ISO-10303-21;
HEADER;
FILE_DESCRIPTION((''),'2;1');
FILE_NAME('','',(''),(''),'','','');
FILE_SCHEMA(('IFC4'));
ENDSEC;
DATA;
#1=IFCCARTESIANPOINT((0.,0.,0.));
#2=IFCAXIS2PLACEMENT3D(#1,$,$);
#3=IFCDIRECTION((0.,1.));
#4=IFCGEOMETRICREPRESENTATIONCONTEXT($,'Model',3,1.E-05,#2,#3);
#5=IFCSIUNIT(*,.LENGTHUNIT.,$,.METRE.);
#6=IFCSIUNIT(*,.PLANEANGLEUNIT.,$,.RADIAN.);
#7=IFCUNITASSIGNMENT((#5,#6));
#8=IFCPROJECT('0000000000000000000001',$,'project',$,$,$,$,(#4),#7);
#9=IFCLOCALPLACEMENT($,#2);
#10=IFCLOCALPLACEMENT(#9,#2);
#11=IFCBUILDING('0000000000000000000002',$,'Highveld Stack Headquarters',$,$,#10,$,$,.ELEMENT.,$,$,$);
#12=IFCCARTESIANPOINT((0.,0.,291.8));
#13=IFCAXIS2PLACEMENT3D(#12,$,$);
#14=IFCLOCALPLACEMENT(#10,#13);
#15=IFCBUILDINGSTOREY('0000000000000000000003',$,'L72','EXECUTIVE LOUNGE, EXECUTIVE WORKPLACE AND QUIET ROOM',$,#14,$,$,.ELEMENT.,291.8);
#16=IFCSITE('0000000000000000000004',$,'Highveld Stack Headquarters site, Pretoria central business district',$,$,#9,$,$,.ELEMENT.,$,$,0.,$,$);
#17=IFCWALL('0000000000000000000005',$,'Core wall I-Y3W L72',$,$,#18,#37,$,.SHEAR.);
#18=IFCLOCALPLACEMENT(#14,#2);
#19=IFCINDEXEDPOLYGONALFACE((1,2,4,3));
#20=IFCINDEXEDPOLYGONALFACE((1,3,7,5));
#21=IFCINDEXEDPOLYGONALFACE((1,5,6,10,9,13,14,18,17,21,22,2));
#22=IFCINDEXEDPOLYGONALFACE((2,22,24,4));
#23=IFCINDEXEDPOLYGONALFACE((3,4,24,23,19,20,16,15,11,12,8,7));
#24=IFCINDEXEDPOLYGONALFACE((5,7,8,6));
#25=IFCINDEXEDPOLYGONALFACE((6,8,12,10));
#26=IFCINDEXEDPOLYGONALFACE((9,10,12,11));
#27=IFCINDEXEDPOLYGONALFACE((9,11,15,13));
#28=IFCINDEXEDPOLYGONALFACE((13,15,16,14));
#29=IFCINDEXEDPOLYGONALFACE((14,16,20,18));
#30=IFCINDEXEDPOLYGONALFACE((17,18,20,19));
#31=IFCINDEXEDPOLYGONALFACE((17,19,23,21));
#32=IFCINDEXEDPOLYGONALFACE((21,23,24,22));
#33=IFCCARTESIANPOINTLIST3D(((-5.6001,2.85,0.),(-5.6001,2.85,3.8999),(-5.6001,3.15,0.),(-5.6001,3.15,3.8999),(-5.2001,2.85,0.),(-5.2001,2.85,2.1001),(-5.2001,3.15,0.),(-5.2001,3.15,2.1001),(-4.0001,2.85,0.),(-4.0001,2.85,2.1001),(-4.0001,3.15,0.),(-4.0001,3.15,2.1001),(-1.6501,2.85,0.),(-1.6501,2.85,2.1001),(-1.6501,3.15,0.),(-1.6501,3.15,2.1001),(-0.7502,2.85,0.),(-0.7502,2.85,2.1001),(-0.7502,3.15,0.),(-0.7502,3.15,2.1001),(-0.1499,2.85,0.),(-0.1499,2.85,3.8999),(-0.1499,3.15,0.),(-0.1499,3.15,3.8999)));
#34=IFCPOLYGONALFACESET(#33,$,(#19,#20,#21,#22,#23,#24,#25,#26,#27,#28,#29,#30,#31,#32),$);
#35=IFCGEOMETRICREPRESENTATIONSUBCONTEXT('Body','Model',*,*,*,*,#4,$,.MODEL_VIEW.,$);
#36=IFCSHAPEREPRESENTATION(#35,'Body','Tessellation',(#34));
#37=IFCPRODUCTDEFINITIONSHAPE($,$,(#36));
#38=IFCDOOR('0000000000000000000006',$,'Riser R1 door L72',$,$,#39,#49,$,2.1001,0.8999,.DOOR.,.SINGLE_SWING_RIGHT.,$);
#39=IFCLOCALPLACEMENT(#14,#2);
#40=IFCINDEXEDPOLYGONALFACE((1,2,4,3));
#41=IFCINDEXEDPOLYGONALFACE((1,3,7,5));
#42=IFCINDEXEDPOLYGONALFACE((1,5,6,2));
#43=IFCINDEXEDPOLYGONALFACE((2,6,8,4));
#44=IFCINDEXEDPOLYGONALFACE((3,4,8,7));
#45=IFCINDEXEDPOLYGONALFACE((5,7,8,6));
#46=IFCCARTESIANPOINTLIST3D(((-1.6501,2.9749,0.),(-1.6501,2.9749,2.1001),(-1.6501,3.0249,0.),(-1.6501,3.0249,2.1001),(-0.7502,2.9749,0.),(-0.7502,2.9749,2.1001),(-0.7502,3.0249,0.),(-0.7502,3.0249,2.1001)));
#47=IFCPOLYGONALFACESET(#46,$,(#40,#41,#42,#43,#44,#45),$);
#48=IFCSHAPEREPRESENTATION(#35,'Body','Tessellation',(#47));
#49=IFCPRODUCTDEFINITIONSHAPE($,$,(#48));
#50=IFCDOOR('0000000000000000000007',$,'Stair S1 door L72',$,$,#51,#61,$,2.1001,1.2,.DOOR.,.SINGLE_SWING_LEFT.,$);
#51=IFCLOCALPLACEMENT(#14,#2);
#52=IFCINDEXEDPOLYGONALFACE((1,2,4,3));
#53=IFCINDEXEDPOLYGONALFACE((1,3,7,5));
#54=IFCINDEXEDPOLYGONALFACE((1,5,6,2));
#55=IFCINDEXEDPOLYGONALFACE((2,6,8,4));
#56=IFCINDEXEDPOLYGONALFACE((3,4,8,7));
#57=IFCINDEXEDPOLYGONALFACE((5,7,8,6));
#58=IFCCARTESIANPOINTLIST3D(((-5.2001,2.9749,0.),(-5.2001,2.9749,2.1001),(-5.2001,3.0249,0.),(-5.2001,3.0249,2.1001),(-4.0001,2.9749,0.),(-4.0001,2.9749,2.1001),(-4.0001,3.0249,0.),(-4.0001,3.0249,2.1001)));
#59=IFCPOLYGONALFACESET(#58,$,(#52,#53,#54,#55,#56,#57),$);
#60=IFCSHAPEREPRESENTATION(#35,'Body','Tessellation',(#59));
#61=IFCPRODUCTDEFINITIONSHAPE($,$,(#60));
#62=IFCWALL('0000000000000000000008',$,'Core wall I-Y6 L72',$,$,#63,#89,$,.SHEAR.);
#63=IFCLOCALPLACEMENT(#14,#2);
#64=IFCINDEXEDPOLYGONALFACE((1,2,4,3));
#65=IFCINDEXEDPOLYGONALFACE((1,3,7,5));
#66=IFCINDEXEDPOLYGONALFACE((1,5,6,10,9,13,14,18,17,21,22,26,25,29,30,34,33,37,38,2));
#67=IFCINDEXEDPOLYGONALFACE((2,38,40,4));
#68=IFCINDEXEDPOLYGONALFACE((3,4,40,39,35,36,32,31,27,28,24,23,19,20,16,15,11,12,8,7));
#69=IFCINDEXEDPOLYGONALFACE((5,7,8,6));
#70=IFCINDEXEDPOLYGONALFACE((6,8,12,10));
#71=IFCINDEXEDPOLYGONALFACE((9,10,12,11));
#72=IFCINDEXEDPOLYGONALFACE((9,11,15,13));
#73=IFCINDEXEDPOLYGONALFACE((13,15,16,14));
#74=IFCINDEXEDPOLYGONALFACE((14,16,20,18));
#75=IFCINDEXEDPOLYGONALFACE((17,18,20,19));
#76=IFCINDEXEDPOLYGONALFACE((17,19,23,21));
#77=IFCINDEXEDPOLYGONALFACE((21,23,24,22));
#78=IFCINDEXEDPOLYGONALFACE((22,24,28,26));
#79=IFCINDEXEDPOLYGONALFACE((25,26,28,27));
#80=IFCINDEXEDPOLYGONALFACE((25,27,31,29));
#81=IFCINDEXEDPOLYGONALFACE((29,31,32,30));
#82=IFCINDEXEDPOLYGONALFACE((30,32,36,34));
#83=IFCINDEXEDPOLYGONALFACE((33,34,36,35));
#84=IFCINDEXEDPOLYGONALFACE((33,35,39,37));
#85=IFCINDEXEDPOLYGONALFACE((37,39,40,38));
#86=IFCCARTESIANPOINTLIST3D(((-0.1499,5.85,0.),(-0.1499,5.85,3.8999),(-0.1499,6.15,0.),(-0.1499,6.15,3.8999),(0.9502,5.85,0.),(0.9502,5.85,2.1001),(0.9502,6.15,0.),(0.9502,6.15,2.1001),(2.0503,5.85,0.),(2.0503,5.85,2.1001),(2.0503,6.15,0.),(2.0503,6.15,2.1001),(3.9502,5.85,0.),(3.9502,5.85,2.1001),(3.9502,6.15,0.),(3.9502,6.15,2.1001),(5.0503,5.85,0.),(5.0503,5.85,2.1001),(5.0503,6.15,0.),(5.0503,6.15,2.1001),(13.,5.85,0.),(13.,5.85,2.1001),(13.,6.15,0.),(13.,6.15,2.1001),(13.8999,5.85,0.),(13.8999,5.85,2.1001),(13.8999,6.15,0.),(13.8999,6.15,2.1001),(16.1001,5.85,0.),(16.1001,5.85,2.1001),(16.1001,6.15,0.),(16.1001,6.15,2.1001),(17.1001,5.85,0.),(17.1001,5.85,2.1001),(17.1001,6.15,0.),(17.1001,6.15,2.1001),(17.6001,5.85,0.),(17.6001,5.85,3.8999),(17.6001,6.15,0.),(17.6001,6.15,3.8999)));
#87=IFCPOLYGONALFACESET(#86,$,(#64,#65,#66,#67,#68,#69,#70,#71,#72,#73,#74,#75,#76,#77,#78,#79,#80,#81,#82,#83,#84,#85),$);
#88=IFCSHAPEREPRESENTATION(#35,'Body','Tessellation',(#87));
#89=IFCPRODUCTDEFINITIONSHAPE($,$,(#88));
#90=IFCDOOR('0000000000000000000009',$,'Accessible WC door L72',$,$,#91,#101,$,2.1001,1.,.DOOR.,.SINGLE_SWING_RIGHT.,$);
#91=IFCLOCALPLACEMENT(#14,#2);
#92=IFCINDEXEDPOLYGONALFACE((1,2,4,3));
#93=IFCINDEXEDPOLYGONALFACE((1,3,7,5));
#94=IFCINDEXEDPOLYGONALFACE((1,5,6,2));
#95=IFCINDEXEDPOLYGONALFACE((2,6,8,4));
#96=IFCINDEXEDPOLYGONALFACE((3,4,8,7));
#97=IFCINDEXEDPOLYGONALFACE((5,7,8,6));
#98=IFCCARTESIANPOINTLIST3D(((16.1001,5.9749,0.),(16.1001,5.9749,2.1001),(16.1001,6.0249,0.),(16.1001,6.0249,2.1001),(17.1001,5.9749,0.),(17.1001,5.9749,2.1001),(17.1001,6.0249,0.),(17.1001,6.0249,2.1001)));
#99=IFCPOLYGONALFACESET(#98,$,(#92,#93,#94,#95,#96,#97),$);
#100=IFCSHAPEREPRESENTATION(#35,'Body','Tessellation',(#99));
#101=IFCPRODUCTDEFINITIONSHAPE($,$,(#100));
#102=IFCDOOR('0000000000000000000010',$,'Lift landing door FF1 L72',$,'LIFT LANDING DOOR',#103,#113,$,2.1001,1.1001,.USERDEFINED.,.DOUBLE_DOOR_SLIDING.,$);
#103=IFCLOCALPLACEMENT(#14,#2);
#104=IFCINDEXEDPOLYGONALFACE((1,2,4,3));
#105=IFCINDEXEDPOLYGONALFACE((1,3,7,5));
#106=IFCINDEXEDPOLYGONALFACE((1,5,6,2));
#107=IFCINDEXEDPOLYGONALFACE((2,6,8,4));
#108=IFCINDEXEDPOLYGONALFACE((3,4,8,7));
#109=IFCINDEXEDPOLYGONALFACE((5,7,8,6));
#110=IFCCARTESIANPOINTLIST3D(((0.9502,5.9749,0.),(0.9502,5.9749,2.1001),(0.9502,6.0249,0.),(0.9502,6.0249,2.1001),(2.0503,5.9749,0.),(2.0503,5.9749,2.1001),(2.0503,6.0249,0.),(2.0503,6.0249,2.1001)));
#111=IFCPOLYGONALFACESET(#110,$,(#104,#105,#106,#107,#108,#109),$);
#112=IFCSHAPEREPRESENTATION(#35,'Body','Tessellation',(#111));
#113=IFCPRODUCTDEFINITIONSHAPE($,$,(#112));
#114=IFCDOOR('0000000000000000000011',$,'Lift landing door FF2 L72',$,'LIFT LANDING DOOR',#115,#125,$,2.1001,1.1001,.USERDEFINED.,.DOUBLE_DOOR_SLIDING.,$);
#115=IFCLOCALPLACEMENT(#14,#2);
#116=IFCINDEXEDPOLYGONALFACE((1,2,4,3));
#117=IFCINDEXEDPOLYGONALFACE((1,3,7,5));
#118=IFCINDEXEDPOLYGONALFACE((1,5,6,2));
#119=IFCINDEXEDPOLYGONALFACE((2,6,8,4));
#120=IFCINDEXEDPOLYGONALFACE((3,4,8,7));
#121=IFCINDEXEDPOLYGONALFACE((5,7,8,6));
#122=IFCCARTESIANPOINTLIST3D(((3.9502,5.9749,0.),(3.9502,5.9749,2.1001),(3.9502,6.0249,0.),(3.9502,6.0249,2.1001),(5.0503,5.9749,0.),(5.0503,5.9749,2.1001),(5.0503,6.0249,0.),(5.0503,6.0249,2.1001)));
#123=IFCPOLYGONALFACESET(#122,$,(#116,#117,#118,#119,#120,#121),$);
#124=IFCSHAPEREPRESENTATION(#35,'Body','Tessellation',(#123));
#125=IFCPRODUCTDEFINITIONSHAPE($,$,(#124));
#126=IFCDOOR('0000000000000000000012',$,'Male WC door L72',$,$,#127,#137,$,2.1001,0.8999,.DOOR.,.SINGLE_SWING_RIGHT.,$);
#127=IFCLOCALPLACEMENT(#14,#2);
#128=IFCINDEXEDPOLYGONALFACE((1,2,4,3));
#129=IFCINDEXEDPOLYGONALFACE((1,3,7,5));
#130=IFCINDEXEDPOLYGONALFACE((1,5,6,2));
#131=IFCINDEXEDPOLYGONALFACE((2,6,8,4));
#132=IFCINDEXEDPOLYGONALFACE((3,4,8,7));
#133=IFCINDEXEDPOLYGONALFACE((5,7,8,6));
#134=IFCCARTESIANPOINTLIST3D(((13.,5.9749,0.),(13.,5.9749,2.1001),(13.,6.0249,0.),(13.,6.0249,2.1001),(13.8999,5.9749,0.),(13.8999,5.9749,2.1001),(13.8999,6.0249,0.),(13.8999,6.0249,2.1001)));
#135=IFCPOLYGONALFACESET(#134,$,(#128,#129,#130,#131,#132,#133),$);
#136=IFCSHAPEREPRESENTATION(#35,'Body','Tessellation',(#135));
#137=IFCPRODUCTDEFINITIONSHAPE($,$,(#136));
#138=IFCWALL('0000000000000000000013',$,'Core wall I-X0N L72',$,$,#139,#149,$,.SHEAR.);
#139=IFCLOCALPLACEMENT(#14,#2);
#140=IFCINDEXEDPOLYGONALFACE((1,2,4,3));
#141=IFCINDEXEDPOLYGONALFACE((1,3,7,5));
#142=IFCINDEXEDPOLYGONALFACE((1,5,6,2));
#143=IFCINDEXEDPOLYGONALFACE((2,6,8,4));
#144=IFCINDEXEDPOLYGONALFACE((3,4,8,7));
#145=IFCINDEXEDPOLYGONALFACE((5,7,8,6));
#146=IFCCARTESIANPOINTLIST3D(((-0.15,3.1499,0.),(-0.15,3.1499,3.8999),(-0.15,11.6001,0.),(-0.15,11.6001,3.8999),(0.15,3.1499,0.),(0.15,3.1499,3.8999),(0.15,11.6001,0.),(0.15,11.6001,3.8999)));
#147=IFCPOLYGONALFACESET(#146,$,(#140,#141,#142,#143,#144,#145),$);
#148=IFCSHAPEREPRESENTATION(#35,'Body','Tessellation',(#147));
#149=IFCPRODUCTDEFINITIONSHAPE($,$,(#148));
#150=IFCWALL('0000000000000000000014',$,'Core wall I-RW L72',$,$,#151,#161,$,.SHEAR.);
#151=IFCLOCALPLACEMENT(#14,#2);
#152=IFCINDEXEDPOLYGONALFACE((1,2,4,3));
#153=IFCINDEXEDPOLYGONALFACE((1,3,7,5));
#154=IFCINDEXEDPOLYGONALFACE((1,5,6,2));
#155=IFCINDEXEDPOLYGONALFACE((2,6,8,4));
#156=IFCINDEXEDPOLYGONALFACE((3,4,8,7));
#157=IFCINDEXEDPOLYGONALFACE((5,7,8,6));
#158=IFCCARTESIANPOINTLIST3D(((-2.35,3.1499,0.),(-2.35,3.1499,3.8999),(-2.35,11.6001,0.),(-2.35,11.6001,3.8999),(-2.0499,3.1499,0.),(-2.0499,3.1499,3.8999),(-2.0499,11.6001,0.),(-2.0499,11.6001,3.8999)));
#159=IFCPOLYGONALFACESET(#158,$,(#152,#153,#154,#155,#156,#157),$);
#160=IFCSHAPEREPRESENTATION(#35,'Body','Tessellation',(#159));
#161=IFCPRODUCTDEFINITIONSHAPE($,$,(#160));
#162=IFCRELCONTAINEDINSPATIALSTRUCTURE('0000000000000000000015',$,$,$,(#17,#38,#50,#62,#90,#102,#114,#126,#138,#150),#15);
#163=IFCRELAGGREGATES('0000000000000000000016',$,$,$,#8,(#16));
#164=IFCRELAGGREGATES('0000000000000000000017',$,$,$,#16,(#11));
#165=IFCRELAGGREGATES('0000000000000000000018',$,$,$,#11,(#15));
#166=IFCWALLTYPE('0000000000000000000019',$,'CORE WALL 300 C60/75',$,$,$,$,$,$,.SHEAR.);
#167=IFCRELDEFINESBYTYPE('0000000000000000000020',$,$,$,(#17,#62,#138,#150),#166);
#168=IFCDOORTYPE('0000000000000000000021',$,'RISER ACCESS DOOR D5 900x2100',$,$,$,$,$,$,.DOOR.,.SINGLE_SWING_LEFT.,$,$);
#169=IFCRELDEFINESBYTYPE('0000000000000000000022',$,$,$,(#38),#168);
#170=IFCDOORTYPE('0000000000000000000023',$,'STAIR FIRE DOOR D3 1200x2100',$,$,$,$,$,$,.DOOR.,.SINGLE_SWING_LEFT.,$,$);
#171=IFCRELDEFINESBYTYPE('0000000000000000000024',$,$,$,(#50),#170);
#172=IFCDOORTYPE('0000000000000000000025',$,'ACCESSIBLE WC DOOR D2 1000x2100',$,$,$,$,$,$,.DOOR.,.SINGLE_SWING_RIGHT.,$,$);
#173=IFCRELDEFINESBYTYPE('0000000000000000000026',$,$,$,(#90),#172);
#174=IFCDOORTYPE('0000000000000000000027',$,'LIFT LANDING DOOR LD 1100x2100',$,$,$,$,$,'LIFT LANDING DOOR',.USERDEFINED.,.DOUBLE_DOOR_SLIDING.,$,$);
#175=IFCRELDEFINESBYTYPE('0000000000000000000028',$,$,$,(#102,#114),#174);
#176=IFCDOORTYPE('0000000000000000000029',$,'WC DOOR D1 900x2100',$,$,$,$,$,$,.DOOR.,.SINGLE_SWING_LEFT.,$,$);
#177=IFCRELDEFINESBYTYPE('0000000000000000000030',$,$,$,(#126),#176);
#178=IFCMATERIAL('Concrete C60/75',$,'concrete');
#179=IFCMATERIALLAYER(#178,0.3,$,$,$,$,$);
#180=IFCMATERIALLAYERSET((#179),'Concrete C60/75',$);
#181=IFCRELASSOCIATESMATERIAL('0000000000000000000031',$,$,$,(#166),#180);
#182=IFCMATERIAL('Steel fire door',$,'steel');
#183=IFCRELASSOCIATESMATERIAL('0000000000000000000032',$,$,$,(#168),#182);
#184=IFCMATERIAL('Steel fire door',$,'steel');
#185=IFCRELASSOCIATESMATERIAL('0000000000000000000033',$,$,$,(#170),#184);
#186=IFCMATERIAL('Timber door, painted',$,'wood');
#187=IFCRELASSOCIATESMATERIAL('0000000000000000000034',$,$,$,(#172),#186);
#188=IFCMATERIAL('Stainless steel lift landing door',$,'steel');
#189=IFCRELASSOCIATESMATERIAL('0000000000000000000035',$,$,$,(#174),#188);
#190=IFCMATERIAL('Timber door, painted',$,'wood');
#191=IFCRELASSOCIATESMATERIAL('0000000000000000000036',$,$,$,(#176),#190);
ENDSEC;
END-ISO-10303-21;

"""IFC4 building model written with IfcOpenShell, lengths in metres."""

from ifc_helpers import new_model, si_unit, direction, frame, frame_2d, origin, place, context, subcontext, project, spatial, rectangle, extrude, material, layer, layer_set, type_object, element, fill, save


model = new_model("IFC4")

# Units and contexts
model_context = context("Model", 3, precision=1e-05, world=origin(), true_north=direction((0.0, 1.0)))
body_context = subcontext(model_context, "Body", "Model", "MODEL_VIEW")
ifc_project = project(units=[si_unit("LENGTHUNIT", "METRE"), si_unit("PLANEANGLEUNIT", "RADIAN")], contexts=[model_context])

# Site, building, storey
site_placement = place(None, origin())
site = spatial("IfcSite", under=ifc_project, at=site_placement, Name="Highveld Stack Headquarters site, Pretoria central business district", CompositionType="ELEMENT", RefElevation=0.0)
building_placement = place(site_placement, origin())
building = spatial("IfcBuilding", under=site, at=building_placement, Name="Highveld Stack Headquarters", CompositionType="ELEMENT")
storey_placement = place(building_placement, frame((0.0, 0.0, 291.8)))
storey = spatial("IfcBuildingStorey", under=building, at=storey_placement, Name="L72", Description="EXECUTIVE LOUNGE, EXECUTIVE WORKPLACE AND QUIET ROOM", CompositionType="ELEMENT", Elevation=291.8)

# Walls, openings, doors
ifc_material_1 = material(Name="Concrete C60/75", Category="concrete")
ifc_layer_1 = layer(ifc_material_1, 0.3)
ifc_layer_set_1 = layer_set([ifc_layer_1], Name="Concrete C60/75")
wall_type_1 = type_object("IfcWallType", Name="CORE WALL 300 C60/75", PredefinedType="SHEAR", material=ifc_layer_set_1)
wall_1_placement = place(storey_placement, frame((-5.6001, 3.0, 0.0), z_axis=(0.0, 0.0, 1.0), x_axis=(1.0, 0.0, 0.0)))
wall_1 = element("IfcWall", 1, at=wall_1_placement, inside=storey, type_object=wall_type_1, Name="Core wall I-Y3W L72", PredefinedType="SHEAR", context=body_context, shape_type="SweptSolid", body=[
    extrude(rectangle(XDim=5.4502, YDim=0.3, at=frame_2d((2.7251, 0.0))), origin(), (0.0, 0.0, 1.0), 3.8999),
])
opening_1_placement = place(wall_1_placement, frame((0.3999, 0.0, 0.0)))
opening_1 = element("IfcOpeningElement", 2, at=opening_1_placement, cuts=wall_1, PredefinedType="OPENING", context=body_context, shape_type="SweptSolid", body=[
    extrude(rectangle(XDim=1.2, YDim=2.1001, at=frame_2d((0.6001, 1.05))), frame((0.0, 0.1599, 0.0), z_axis=(0.0, -1.0, 0.0), x_axis=(1.0, 0.0, 0.0)), (0.0, 0.0, 1.0), 0.3201),
])
opening_2_placement = place(wall_1_placement, frame((3.95, 0.0, 0.0)))
opening_2 = element("IfcOpeningElement", 3, at=opening_2_placement, cuts=wall_1, PredefinedType="OPENING", context=body_context, shape_type="SweptSolid", body=[
    extrude(rectangle(XDim=0.8999, YDim=2.1001, at=frame_2d((0.45, 1.05))), frame((0.0, 0.1599, 0.0), z_axis=(0.0, -1.0, 0.0), x_axis=(1.0, 0.0, 0.0)), (0.0, 0.0, 1.0), 0.3201),
])
ifc_material_2 = material(Name="Steel fire door", Category="steel")
door_type_1 = type_object("IfcDoorType", Name="RISER ACCESS DOOR D5 900x2100", OperationType="SINGLE_SWING_LEFT", PredefinedType="DOOR", material=ifc_material_2)
door_1_placement = place(opening_2_placement, origin())
door_1 = element("IfcDoor", 4, at=door_1_placement, inside=storey, type_object=door_type_1, Name="Riser R1 door L72", OperationType="SINGLE_SWING_RIGHT", OverallHeight=2.1001, OverallWidth=0.8999, PredefinedType="DOOR", context=body_context, shape_type="SweptSolid", body=[
    extrude(rectangle(XDim=0.8999, YDim=2.1001, at=frame_2d((0.45, 1.05))), frame((0.0, 0.0249, 0.0), z_axis=(0.0, -1.0, 0.0), x_axis=(1.0, 0.0, 0.0)), (0.0, 0.0, 1.0), 0.05),
])
fill(opening_2, door_1)
ifc_material_3 = material(Name="Steel fire door", Category="steel")
door_type_2 = type_object("IfcDoorType", Name="STAIR FIRE DOOR D3 1200x2100", OperationType="SINGLE_SWING_LEFT", PredefinedType="DOOR", material=ifc_material_3)
door_2_placement = place(opening_1_placement, origin())
door_2 = element("IfcDoor", 5, at=door_2_placement, inside=storey, type_object=door_type_2, Name="Stair S1 door L72", OperationType="SINGLE_SWING_LEFT", OverallHeight=2.1001, OverallWidth=1.2, PredefinedType="DOOR", context=body_context, shape_type="SweptSolid", body=[
    extrude(rectangle(XDim=1.2, YDim=2.1001, at=frame_2d((0.6001, 1.05))), frame((0.0, 0.0249, 0.0), z_axis=(0.0, -1.0, 0.0), x_axis=(1.0, 0.0, 0.0)), (0.0, 0.0, 1.0), 0.05),
])
fill(opening_1, door_2)
wall_2_placement = place(storey_placement, frame((-0.1499, 6.0, 0.0), z_axis=(0.0, 0.0, 1.0), x_axis=(1.0, 0.0, 0.0)))
wall_2 = element("IfcWall", 6, at=wall_2_placement, inside=storey, type_object=wall_type_1, Name="Core wall I-Y6 L72", PredefinedType="SHEAR", context=body_context, shape_type="SweptSolid", body=[
    extrude(rectangle(XDim=17.75, YDim=0.3, at=frame_2d((8.875, 0.0))), origin(), (0.0, 0.0, 1.0), 3.8999),
])
opening_3_placement = place(wall_2_placement, frame((13.1499, 0.0, 0.0)))
opening_3 = element("IfcOpeningElement", 7, at=opening_3_placement, cuts=wall_2, PredefinedType="OPENING", context=body_context, shape_type="SweptSolid", body=[
    extrude(rectangle(XDim=0.8999, YDim=2.1001, at=frame_2d((0.45, 1.05))), frame((0.0, 0.1599, 0.0), z_axis=(0.0, -1.0, 0.0), x_axis=(1.0, 0.0, 0.0)), (0.0, 0.0, 1.0), 0.3201),
])
opening_4_placement = place(wall_2_placement, frame((16.25, 0.0, 0.0)))
opening_4 = element("IfcOpeningElement", 8, at=opening_4_placement, cuts=wall_2, PredefinedType="OPENING", context=body_context, shape_type="SweptSolid", body=[
    extrude(rectangle(XDim=1.0, YDim=2.1001, at=frame_2d((0.5, 1.05))), frame((0.0, 0.1599, 0.0), z_axis=(0.0, -1.0, 0.0), x_axis=(1.0, 0.0, 0.0)), (0.0, 0.0, 1.0), 0.3201),
])
opening_5_placement = place(wall_2_placement, frame((1.1001, 0.0, 0.0)))
opening_5 = element("IfcOpeningElement", 9, at=opening_5_placement, cuts=wall_2, PredefinedType="OPENING", context=body_context, shape_type="SweptSolid", body=[
    extrude(rectangle(XDim=1.1001, YDim=2.1001, at=frame_2d((0.55, 1.05))), frame((0.0, 0.1599, 0.0), z_axis=(0.0, -1.0, 0.0), x_axis=(1.0, 0.0, 0.0)), (0.0, 0.0, 1.0), 0.3201),
])
opening_6_placement = place(wall_2_placement, frame((4.1001, 0.0, 0.0)))
opening_6 = element("IfcOpeningElement", 10, at=opening_6_placement, cuts=wall_2, PredefinedType="OPENING", context=body_context, shape_type="SweptSolid", body=[
    extrude(rectangle(XDim=1.1001, YDim=2.1001, at=frame_2d((0.55, 1.05))), frame((0.0, 0.1599, 0.0), z_axis=(0.0, -1.0, 0.0), x_axis=(1.0, 0.0, 0.0)), (0.0, 0.0, 1.0), 0.3201),
])
ifc_material_4 = material(Name="Timber door, painted", Category="wood")
door_type_3 = type_object("IfcDoorType", Name="ACCESSIBLE WC DOOR D2 1000x2100", OperationType="SINGLE_SWING_RIGHT", PredefinedType="DOOR", material=ifc_material_4)
door_3_placement = place(opening_4_placement, origin())
door_3 = element("IfcDoor", 11, at=door_3_placement, inside=storey, type_object=door_type_3, Name="Accessible WC door L72", OperationType="SINGLE_SWING_RIGHT", OverallHeight=2.1001, OverallWidth=1.0, PredefinedType="DOOR", context=body_context, shape_type="SweptSolid", body=[
    extrude(rectangle(XDim=1.0, YDim=2.1001, at=frame_2d((0.5, 1.05))), frame((0.0, 0.0249, 0.0), z_axis=(0.0, -1.0, 0.0), x_axis=(1.0, 0.0, 0.0)), (0.0, 0.0, 1.0), 0.05),
])
fill(opening_4, door_3)
ifc_material_5 = material(Name="Stainless steel lift landing door", Category="steel")
door_type_4 = type_object("IfcDoorType", Name="LIFT LANDING DOOR LD 1100x2100", ElementType="LIFT LANDING DOOR", OperationType="DOUBLE_DOOR_SLIDING", PredefinedType="USERDEFINED", material=ifc_material_5)
door_4_placement = place(opening_5_placement, origin())
door_4 = element("IfcDoor", 12, at=door_4_placement, inside=storey, type_object=door_type_4, Name="Lift landing door FF1 L72", ObjectType="LIFT LANDING DOOR", OperationType="DOUBLE_DOOR_SLIDING", OverallHeight=2.1001, OverallWidth=1.1001, PredefinedType="USERDEFINED", context=body_context, shape_type="SweptSolid", body=[
    extrude(rectangle(XDim=1.1001, YDim=2.1001, at=frame_2d((0.55, 1.05))), frame((0.0, 0.0249, 0.0), z_axis=(0.0, -1.0, 0.0), x_axis=(1.0, 0.0, 0.0)), (0.0, 0.0, 1.0), 0.05),
])
fill(opening_5, door_4)
door_5_placement = place(opening_6_placement, origin())
door_5 = element("IfcDoor", 13, at=door_5_placement, inside=storey, type_object=door_type_4, Name="Lift landing door FF2 L72", ObjectType="LIFT LANDING DOOR", OperationType="DOUBLE_DOOR_SLIDING", OverallHeight=2.1001, OverallWidth=1.1001, PredefinedType="USERDEFINED", context=body_context, shape_type="SweptSolid", body=[
    extrude(rectangle(XDim=1.1001, YDim=2.1001, at=frame_2d((0.55, 1.05))), frame((0.0, 0.0249, 0.0), z_axis=(0.0, -1.0, 0.0), x_axis=(1.0, 0.0, 0.0)), (0.0, 0.0, 1.0), 0.05),
])
fill(opening_6, door_5)
ifc_material_6 = material(Name="Timber door, painted", Category="wood")
door_type_5 = type_object("IfcDoorType", Name="WC DOOR D1 900x2100", OperationType="SINGLE_SWING_LEFT", PredefinedType="DOOR", material=ifc_material_6)
door_6_placement = place(opening_3_placement, origin())
door_6 = element("IfcDoor", 14, at=door_6_placement, inside=storey, type_object=door_type_5, Name="Male WC door L72", OperationType="SINGLE_SWING_RIGHT", OverallHeight=2.1001, OverallWidth=0.8999, PredefinedType="DOOR", context=body_context, shape_type="SweptSolid", body=[
    extrude(rectangle(XDim=0.8999, YDim=2.1001, at=frame_2d((0.45, 1.05))), frame((0.0, 0.0249, 0.0), z_axis=(0.0, -1.0, 0.0), x_axis=(1.0, 0.0, 0.0)), (0.0, 0.0, 1.0), 0.05),
])
fill(opening_3, door_6)

# Walls
for number, where, z_axis, x_axis, name in (
    (15, (0.0, 3.1499, 0.0), (0.0, 0.0, 1.0), (0.0, 1.0, 0.0), "Core wall I-X0N L72"),
    (16, (-2.2, 3.1499, 0.0), (0.0, 0.0, 1.0), (0.0, 1.0, 0.0), "Core wall I-RW L72"),
):
    element("IfcWall", number, at=place(storey_placement, frame(where, z_axis=z_axis, x_axis=x_axis)), inside=storey, type_object=wall_type_1, Name=name, PredefinedType="SHEAR", context=body_context, shape_type="SweptSolid", body=[
        extrude(rectangle(XDim=8.4502, YDim=0.3, at=frame_2d((4.2251, 0.0))), origin(), (0.0, 0.0, 1.0), 3.8999),
    ])

save(model, "model.ifc")
